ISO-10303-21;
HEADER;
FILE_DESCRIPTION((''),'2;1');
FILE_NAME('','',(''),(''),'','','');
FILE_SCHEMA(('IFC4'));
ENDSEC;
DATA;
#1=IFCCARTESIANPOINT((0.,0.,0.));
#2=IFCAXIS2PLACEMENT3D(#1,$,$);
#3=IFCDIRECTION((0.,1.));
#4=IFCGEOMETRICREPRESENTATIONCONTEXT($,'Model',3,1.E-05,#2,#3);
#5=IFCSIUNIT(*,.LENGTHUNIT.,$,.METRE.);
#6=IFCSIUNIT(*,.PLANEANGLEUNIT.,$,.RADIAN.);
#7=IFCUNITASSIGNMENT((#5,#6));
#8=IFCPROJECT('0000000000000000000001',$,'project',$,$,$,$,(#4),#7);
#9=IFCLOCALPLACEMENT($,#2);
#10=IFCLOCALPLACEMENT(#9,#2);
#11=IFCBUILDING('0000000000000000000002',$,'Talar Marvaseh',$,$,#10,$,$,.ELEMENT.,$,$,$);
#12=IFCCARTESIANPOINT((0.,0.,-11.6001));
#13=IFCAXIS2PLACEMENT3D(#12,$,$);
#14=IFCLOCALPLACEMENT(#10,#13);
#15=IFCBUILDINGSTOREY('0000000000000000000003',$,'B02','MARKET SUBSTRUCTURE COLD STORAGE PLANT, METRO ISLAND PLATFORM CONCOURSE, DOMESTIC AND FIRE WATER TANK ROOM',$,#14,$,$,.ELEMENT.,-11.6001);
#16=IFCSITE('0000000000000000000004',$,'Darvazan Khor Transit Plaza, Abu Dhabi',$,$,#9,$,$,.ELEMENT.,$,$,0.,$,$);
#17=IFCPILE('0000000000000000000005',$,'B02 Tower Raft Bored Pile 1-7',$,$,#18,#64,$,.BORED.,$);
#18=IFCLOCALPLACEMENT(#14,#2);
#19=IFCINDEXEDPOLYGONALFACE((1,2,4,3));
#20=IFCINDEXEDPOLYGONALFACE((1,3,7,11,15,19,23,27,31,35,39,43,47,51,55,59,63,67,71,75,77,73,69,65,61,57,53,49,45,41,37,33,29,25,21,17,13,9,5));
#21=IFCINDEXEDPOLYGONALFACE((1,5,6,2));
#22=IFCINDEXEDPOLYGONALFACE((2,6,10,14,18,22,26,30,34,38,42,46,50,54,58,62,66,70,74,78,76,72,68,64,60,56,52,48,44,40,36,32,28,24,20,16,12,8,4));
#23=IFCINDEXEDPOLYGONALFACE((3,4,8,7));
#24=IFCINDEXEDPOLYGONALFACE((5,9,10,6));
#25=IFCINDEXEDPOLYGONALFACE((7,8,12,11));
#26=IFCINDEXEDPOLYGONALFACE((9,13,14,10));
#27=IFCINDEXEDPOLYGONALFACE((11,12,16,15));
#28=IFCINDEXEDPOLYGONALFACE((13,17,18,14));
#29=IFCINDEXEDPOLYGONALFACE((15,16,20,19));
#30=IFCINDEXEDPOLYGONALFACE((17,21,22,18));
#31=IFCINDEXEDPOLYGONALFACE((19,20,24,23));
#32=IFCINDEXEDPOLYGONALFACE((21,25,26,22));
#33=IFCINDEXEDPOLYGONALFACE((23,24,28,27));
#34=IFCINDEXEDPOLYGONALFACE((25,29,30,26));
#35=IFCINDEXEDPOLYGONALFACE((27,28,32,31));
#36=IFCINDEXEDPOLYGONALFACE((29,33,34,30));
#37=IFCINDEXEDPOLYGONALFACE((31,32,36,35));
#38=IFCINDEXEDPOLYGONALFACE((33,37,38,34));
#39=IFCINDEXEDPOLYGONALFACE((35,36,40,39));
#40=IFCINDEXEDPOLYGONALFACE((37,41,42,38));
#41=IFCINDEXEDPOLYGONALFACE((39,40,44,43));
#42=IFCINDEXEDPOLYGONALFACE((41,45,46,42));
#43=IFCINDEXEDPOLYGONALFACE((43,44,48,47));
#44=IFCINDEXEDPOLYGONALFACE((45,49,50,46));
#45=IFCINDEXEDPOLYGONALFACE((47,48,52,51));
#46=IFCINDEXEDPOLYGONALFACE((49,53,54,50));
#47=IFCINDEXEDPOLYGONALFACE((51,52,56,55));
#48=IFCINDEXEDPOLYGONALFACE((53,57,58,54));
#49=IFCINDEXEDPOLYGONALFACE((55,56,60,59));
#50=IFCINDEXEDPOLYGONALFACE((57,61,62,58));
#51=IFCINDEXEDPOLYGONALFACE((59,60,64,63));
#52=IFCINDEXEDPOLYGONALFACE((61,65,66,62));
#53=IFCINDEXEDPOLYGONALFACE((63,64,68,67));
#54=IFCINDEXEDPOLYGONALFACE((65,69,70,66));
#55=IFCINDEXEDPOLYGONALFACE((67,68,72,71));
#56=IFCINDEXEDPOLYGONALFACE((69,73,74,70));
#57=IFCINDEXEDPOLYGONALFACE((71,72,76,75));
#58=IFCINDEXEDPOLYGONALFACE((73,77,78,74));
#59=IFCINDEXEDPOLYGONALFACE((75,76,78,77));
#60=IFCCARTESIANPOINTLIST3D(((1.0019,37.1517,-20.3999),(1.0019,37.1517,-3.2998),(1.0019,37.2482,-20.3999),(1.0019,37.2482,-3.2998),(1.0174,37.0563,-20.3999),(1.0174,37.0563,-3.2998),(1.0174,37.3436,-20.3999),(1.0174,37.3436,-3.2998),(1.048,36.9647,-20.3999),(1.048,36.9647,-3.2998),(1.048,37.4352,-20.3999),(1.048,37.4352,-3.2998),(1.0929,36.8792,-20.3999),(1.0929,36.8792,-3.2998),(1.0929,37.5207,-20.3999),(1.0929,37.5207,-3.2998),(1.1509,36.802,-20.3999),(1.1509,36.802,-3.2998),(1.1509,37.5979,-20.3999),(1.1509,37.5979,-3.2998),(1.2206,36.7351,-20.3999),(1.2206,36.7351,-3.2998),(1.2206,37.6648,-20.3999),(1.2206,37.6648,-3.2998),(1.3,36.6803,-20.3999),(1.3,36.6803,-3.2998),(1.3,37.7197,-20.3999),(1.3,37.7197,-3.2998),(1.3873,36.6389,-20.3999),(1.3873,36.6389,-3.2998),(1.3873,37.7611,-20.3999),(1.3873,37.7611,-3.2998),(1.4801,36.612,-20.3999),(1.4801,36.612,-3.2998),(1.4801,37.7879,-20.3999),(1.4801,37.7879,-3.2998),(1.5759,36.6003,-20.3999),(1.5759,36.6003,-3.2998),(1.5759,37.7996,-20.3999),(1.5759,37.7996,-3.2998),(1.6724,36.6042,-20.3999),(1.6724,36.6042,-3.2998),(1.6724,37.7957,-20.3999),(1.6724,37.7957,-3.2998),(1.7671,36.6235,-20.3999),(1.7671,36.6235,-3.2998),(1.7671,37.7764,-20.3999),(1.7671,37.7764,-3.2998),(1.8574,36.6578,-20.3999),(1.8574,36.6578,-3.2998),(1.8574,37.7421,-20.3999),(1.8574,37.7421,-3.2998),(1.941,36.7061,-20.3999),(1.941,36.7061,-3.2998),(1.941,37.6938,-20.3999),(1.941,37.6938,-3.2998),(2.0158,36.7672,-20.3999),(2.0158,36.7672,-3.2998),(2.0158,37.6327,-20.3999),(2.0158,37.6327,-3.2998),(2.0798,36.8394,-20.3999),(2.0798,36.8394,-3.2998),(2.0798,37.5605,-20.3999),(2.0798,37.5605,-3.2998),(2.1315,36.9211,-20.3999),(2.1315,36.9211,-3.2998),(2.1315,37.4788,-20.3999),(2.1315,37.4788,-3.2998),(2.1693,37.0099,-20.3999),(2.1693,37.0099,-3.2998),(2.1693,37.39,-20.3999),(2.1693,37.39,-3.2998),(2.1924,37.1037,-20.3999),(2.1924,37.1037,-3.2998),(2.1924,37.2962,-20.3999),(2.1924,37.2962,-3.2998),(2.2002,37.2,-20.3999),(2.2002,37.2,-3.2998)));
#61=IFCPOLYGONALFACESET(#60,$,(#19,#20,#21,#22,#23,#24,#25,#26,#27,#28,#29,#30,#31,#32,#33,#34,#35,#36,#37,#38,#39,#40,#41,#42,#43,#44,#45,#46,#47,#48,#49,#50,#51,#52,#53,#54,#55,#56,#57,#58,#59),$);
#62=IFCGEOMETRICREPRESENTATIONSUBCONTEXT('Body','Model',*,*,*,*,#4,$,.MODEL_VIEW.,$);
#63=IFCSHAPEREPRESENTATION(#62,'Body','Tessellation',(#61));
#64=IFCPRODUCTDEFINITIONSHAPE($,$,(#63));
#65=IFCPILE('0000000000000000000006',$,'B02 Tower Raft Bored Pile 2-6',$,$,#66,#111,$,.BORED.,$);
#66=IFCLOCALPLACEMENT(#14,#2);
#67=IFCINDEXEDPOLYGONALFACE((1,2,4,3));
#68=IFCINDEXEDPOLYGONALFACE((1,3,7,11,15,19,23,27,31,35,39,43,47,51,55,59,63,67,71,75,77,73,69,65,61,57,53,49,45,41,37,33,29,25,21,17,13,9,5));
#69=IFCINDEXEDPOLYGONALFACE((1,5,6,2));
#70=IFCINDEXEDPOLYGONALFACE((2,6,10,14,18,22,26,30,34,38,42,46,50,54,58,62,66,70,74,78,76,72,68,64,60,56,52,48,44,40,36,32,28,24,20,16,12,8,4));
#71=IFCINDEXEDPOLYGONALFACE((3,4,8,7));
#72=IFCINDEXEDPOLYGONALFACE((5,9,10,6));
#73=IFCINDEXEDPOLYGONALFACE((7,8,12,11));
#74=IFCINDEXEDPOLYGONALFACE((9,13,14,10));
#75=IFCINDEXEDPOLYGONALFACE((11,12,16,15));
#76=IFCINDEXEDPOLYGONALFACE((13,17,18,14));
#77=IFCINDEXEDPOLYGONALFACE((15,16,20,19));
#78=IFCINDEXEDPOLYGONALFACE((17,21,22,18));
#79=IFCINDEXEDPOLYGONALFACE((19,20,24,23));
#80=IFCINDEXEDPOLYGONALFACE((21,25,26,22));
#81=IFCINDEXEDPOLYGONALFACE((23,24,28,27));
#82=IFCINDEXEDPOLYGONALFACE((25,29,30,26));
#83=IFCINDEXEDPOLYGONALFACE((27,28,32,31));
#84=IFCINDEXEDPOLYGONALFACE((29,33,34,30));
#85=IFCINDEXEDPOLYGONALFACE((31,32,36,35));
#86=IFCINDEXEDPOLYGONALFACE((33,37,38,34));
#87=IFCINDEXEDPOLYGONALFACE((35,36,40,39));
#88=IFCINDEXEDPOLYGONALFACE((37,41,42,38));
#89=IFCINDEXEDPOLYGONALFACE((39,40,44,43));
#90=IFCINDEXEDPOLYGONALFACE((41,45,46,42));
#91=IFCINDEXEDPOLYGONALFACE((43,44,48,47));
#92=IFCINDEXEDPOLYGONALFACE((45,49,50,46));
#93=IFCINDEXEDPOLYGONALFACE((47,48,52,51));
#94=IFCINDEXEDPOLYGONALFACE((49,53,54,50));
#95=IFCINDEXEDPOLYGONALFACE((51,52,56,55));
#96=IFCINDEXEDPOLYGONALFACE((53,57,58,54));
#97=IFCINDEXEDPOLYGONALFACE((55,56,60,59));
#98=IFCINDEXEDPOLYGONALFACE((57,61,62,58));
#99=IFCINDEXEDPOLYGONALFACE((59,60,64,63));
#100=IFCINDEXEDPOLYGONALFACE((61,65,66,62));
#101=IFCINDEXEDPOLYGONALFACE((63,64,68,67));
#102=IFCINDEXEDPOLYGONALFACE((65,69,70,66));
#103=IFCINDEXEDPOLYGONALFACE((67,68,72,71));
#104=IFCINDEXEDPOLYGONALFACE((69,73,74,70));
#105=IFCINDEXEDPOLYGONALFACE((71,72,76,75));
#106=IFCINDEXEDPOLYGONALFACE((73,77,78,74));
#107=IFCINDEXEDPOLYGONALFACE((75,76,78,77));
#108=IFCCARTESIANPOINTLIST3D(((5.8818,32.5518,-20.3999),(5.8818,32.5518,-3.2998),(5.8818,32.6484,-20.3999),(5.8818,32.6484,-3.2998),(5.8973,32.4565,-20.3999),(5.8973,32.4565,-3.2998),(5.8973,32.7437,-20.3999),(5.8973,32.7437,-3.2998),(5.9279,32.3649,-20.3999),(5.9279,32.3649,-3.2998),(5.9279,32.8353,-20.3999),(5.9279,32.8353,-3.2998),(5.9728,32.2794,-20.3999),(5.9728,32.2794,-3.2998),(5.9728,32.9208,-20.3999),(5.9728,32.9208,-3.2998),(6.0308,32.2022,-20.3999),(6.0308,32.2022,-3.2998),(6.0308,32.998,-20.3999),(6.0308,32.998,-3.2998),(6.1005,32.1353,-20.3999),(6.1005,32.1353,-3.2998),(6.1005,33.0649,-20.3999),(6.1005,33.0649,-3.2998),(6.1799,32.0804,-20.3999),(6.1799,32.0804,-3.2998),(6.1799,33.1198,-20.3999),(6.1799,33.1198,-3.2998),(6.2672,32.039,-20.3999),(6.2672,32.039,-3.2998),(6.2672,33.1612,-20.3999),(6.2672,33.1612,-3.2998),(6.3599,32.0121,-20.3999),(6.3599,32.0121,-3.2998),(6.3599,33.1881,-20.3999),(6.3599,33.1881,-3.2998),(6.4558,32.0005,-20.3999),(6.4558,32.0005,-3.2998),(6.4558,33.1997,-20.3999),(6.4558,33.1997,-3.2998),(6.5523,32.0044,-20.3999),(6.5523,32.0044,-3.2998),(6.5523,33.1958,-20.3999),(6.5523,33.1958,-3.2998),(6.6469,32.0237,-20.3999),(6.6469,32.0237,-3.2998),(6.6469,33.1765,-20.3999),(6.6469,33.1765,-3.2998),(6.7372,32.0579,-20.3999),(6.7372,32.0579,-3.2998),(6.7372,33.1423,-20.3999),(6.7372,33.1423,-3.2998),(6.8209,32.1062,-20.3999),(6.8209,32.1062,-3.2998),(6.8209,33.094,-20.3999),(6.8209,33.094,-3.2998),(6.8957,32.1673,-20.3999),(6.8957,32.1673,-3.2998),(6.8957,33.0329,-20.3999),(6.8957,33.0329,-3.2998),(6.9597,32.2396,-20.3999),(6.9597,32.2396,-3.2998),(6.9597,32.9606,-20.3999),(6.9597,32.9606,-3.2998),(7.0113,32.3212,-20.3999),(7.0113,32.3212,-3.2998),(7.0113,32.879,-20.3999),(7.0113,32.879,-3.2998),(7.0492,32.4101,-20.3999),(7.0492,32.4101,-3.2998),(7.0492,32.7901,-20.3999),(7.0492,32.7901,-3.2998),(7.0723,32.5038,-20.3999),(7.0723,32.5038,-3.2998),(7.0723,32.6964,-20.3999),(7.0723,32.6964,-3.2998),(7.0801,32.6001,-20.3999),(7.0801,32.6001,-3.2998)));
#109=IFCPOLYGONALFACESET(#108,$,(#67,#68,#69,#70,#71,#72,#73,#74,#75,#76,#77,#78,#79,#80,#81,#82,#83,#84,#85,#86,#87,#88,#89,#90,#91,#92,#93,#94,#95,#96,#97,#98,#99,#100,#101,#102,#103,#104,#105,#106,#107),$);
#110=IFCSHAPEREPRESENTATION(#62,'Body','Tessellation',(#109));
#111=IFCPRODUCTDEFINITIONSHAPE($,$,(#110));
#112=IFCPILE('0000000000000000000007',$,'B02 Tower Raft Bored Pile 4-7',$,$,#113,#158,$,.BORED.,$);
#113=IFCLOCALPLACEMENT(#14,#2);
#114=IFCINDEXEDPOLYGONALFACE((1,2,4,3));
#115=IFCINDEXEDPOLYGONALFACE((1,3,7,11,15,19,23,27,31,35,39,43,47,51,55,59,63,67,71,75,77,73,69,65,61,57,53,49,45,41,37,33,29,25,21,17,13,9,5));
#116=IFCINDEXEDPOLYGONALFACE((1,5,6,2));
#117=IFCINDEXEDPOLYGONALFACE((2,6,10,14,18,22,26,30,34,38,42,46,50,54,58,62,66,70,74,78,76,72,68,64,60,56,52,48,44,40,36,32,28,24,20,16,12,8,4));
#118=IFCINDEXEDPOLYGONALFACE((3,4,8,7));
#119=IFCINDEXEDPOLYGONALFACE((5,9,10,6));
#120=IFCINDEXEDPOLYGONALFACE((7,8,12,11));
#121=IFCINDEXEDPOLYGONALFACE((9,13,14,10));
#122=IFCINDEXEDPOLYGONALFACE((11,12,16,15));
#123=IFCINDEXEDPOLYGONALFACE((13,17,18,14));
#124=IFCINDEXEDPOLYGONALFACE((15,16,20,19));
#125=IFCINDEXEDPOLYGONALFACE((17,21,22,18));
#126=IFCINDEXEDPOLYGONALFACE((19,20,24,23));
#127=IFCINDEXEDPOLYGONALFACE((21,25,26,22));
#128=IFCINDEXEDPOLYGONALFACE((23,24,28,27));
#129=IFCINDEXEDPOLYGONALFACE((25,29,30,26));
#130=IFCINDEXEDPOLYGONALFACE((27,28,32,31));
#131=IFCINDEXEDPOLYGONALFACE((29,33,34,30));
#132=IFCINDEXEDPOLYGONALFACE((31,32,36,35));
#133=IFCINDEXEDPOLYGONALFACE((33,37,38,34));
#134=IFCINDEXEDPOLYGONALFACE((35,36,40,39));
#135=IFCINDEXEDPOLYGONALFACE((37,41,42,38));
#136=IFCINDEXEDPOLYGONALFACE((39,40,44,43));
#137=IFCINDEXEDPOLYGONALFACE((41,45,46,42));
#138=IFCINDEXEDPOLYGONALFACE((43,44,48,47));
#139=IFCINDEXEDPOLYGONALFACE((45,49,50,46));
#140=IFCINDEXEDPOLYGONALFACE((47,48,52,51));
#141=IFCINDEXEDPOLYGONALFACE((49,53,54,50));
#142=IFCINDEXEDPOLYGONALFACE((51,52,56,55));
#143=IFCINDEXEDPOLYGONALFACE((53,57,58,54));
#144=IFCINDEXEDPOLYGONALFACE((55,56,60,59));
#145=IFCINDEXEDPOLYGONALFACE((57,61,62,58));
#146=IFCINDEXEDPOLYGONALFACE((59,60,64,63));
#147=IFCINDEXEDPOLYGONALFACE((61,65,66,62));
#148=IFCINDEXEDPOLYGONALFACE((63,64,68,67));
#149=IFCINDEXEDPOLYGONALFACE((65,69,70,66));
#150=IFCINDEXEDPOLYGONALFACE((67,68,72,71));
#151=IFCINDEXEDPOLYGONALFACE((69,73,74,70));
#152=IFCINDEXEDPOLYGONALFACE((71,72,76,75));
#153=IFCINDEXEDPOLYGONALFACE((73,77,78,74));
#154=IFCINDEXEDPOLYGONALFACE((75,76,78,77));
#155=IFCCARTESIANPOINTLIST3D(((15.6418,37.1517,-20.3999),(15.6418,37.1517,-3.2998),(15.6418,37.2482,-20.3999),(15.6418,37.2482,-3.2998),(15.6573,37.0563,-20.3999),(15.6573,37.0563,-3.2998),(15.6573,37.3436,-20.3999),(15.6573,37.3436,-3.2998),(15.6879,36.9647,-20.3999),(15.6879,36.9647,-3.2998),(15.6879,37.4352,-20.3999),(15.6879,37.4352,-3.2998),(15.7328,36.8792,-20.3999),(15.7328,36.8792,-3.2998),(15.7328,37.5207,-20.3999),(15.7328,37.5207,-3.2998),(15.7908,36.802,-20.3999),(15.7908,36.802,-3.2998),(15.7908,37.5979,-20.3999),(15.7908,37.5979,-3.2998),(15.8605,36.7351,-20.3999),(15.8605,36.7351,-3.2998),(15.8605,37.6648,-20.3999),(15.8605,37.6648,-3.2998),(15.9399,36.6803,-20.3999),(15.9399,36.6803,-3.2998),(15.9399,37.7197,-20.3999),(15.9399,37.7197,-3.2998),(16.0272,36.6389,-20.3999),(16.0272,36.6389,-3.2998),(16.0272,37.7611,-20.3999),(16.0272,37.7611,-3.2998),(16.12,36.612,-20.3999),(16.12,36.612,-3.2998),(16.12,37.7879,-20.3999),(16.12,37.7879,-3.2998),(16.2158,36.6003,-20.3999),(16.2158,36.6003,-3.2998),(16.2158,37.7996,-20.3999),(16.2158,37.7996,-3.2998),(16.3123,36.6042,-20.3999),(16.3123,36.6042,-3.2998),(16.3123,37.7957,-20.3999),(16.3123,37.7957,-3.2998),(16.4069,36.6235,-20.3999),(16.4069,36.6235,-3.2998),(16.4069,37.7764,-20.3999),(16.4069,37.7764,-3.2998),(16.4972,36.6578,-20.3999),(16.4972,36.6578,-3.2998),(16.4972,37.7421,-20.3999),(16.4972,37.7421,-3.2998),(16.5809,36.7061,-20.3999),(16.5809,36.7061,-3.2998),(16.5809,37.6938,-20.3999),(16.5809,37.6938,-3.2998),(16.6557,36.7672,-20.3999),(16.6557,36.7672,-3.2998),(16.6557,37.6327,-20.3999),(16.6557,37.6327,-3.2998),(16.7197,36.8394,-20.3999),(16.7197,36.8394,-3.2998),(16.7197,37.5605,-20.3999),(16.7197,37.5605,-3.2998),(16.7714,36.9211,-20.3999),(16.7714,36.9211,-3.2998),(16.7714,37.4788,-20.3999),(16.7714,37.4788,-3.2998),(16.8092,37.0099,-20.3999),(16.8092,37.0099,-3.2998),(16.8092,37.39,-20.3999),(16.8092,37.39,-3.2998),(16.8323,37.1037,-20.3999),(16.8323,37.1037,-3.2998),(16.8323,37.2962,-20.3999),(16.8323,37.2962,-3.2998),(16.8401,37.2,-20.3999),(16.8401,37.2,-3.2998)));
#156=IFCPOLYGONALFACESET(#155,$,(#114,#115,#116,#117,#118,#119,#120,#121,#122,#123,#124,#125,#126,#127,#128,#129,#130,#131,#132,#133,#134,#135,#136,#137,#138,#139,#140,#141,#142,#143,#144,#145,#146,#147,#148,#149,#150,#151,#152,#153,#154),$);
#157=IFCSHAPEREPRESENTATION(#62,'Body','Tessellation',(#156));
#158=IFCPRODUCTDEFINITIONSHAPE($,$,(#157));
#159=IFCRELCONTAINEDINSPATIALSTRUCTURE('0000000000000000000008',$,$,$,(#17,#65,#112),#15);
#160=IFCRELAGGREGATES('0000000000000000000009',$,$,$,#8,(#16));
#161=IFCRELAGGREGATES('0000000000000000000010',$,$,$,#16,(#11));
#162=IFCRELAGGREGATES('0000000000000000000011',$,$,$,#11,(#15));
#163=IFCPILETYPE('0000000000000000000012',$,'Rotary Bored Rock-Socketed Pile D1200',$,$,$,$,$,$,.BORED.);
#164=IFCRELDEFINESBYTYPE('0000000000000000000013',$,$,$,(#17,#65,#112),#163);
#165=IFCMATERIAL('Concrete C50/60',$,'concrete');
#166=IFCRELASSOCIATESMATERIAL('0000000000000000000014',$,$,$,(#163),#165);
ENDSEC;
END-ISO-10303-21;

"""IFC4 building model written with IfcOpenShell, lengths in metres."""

from ifc_helpers import new_model, si_unit, direction, frame, origin, origin_2d, place, context, subcontext, project, spatial, circle, extrude, source, transform, mapped, material, material_profile, profile_set, type_object, type_shapes, element, save


model = new_model("IFC4")

# Units and contexts
model_context = context("Model", 3, precision=1e-05, world=origin(), true_north=direction((0.0, 1.0)))
body_context = subcontext(model_context, "Body", "Model", "MODEL_VIEW")
ifc_project = project(units=[si_unit("LENGTHUNIT", "METRE"), si_unit("PLANEANGLEUNIT", "RADIAN")], contexts=[model_context])

# Site, building, storey
site_placement = place(None, origin())
site = spatial("IfcSite", under=ifc_project, at=site_placement, Name="Darvazan Khor Transit Plaza, Abu Dhabi", CompositionType="ELEMENT", RefElevation=0.0)
building_placement = place(site_placement, origin())
building = spatial("IfcBuilding", under=site, at=building_placement, Name="Talar Marvaseh", CompositionType="ELEMENT")
storey_placement = place(building_placement, frame((0.0, 0.0, -11.6001)))
storey = spatial("IfcBuildingStorey", under=building, at=storey_placement, Name="B02", Description="MARKET SUBSTRUCTURE COLD STORAGE PLANT, METRO ISLAND PLATFORM CONCOURSE, DOMESTIC AND FIRE WATER TANK ROOM", CompositionType="ELEMENT", Elevation=-11.6001)

# Piles
ifc_material_1 = material(Name="Concrete C50/60", Category="concrete")
ifc_material_profile_1 = material_profile(ifc_material_1, circle(Radius=0.6001, at=origin_2d()), Name="PILE-D1200")
ifc_profile_set_1 = profile_set([ifc_material_profile_1], Name="Concrete C50/60")
pile_type_1 = type_object("IfcPileType", Name="Rotary Bored Rock-Socketed Pile D1200", PredefinedType="BORED", material=ifc_profile_set_1)
shared_shape_1 = source(origin(), body_context, "Body", "SweptSolid", [
    extrude(circle(Radius=0.6001, at=origin_2d()), origin(), (0.0, 0.0, 1.0), 17.1001),
])
type_shapes(pile_type_1, [shared_shape_1])
for number, where, z_axis, x_axis, name in (
    (1, (1.6001, 37.2, -3.2998), (0.0, 0.0, -1.0), (1.0, 0.0, 0.0), "B02 Tower Raft Bored Pile 1-7"),
    (2, (6.48, 32.6001, -3.2998), (0.0, 0.0, -1.0), (1.0, 0.0, 0.0), "B02 Tower Raft Bored Pile 2-6"),
    (3, (16.24, 37.2, -3.2998), (0.0, 0.0, -1.0), (1.0, 0.0, 0.0), "B02 Tower Raft Bored Pile 4-7"),
):
    element("IfcPile", number, at=place(storey_placement, frame(where, z_axis=z_axis, x_axis=x_axis)), inside=storey, type_object=pile_type_1, Name=name, PredefinedType="BORED", context=body_context, shape_type="MappedRepresentation", body=[
        mapped(shared_shape_1, transform((0.0, 0.0, 0.0), x_axis=(1.0, 0.0, 0.0), y_axis=(0.0, 1.0, 0.0), z_axis=(0.0, 0.0, 1.0), scale=1.0)),
    ])

save(model, "model.ifc")
